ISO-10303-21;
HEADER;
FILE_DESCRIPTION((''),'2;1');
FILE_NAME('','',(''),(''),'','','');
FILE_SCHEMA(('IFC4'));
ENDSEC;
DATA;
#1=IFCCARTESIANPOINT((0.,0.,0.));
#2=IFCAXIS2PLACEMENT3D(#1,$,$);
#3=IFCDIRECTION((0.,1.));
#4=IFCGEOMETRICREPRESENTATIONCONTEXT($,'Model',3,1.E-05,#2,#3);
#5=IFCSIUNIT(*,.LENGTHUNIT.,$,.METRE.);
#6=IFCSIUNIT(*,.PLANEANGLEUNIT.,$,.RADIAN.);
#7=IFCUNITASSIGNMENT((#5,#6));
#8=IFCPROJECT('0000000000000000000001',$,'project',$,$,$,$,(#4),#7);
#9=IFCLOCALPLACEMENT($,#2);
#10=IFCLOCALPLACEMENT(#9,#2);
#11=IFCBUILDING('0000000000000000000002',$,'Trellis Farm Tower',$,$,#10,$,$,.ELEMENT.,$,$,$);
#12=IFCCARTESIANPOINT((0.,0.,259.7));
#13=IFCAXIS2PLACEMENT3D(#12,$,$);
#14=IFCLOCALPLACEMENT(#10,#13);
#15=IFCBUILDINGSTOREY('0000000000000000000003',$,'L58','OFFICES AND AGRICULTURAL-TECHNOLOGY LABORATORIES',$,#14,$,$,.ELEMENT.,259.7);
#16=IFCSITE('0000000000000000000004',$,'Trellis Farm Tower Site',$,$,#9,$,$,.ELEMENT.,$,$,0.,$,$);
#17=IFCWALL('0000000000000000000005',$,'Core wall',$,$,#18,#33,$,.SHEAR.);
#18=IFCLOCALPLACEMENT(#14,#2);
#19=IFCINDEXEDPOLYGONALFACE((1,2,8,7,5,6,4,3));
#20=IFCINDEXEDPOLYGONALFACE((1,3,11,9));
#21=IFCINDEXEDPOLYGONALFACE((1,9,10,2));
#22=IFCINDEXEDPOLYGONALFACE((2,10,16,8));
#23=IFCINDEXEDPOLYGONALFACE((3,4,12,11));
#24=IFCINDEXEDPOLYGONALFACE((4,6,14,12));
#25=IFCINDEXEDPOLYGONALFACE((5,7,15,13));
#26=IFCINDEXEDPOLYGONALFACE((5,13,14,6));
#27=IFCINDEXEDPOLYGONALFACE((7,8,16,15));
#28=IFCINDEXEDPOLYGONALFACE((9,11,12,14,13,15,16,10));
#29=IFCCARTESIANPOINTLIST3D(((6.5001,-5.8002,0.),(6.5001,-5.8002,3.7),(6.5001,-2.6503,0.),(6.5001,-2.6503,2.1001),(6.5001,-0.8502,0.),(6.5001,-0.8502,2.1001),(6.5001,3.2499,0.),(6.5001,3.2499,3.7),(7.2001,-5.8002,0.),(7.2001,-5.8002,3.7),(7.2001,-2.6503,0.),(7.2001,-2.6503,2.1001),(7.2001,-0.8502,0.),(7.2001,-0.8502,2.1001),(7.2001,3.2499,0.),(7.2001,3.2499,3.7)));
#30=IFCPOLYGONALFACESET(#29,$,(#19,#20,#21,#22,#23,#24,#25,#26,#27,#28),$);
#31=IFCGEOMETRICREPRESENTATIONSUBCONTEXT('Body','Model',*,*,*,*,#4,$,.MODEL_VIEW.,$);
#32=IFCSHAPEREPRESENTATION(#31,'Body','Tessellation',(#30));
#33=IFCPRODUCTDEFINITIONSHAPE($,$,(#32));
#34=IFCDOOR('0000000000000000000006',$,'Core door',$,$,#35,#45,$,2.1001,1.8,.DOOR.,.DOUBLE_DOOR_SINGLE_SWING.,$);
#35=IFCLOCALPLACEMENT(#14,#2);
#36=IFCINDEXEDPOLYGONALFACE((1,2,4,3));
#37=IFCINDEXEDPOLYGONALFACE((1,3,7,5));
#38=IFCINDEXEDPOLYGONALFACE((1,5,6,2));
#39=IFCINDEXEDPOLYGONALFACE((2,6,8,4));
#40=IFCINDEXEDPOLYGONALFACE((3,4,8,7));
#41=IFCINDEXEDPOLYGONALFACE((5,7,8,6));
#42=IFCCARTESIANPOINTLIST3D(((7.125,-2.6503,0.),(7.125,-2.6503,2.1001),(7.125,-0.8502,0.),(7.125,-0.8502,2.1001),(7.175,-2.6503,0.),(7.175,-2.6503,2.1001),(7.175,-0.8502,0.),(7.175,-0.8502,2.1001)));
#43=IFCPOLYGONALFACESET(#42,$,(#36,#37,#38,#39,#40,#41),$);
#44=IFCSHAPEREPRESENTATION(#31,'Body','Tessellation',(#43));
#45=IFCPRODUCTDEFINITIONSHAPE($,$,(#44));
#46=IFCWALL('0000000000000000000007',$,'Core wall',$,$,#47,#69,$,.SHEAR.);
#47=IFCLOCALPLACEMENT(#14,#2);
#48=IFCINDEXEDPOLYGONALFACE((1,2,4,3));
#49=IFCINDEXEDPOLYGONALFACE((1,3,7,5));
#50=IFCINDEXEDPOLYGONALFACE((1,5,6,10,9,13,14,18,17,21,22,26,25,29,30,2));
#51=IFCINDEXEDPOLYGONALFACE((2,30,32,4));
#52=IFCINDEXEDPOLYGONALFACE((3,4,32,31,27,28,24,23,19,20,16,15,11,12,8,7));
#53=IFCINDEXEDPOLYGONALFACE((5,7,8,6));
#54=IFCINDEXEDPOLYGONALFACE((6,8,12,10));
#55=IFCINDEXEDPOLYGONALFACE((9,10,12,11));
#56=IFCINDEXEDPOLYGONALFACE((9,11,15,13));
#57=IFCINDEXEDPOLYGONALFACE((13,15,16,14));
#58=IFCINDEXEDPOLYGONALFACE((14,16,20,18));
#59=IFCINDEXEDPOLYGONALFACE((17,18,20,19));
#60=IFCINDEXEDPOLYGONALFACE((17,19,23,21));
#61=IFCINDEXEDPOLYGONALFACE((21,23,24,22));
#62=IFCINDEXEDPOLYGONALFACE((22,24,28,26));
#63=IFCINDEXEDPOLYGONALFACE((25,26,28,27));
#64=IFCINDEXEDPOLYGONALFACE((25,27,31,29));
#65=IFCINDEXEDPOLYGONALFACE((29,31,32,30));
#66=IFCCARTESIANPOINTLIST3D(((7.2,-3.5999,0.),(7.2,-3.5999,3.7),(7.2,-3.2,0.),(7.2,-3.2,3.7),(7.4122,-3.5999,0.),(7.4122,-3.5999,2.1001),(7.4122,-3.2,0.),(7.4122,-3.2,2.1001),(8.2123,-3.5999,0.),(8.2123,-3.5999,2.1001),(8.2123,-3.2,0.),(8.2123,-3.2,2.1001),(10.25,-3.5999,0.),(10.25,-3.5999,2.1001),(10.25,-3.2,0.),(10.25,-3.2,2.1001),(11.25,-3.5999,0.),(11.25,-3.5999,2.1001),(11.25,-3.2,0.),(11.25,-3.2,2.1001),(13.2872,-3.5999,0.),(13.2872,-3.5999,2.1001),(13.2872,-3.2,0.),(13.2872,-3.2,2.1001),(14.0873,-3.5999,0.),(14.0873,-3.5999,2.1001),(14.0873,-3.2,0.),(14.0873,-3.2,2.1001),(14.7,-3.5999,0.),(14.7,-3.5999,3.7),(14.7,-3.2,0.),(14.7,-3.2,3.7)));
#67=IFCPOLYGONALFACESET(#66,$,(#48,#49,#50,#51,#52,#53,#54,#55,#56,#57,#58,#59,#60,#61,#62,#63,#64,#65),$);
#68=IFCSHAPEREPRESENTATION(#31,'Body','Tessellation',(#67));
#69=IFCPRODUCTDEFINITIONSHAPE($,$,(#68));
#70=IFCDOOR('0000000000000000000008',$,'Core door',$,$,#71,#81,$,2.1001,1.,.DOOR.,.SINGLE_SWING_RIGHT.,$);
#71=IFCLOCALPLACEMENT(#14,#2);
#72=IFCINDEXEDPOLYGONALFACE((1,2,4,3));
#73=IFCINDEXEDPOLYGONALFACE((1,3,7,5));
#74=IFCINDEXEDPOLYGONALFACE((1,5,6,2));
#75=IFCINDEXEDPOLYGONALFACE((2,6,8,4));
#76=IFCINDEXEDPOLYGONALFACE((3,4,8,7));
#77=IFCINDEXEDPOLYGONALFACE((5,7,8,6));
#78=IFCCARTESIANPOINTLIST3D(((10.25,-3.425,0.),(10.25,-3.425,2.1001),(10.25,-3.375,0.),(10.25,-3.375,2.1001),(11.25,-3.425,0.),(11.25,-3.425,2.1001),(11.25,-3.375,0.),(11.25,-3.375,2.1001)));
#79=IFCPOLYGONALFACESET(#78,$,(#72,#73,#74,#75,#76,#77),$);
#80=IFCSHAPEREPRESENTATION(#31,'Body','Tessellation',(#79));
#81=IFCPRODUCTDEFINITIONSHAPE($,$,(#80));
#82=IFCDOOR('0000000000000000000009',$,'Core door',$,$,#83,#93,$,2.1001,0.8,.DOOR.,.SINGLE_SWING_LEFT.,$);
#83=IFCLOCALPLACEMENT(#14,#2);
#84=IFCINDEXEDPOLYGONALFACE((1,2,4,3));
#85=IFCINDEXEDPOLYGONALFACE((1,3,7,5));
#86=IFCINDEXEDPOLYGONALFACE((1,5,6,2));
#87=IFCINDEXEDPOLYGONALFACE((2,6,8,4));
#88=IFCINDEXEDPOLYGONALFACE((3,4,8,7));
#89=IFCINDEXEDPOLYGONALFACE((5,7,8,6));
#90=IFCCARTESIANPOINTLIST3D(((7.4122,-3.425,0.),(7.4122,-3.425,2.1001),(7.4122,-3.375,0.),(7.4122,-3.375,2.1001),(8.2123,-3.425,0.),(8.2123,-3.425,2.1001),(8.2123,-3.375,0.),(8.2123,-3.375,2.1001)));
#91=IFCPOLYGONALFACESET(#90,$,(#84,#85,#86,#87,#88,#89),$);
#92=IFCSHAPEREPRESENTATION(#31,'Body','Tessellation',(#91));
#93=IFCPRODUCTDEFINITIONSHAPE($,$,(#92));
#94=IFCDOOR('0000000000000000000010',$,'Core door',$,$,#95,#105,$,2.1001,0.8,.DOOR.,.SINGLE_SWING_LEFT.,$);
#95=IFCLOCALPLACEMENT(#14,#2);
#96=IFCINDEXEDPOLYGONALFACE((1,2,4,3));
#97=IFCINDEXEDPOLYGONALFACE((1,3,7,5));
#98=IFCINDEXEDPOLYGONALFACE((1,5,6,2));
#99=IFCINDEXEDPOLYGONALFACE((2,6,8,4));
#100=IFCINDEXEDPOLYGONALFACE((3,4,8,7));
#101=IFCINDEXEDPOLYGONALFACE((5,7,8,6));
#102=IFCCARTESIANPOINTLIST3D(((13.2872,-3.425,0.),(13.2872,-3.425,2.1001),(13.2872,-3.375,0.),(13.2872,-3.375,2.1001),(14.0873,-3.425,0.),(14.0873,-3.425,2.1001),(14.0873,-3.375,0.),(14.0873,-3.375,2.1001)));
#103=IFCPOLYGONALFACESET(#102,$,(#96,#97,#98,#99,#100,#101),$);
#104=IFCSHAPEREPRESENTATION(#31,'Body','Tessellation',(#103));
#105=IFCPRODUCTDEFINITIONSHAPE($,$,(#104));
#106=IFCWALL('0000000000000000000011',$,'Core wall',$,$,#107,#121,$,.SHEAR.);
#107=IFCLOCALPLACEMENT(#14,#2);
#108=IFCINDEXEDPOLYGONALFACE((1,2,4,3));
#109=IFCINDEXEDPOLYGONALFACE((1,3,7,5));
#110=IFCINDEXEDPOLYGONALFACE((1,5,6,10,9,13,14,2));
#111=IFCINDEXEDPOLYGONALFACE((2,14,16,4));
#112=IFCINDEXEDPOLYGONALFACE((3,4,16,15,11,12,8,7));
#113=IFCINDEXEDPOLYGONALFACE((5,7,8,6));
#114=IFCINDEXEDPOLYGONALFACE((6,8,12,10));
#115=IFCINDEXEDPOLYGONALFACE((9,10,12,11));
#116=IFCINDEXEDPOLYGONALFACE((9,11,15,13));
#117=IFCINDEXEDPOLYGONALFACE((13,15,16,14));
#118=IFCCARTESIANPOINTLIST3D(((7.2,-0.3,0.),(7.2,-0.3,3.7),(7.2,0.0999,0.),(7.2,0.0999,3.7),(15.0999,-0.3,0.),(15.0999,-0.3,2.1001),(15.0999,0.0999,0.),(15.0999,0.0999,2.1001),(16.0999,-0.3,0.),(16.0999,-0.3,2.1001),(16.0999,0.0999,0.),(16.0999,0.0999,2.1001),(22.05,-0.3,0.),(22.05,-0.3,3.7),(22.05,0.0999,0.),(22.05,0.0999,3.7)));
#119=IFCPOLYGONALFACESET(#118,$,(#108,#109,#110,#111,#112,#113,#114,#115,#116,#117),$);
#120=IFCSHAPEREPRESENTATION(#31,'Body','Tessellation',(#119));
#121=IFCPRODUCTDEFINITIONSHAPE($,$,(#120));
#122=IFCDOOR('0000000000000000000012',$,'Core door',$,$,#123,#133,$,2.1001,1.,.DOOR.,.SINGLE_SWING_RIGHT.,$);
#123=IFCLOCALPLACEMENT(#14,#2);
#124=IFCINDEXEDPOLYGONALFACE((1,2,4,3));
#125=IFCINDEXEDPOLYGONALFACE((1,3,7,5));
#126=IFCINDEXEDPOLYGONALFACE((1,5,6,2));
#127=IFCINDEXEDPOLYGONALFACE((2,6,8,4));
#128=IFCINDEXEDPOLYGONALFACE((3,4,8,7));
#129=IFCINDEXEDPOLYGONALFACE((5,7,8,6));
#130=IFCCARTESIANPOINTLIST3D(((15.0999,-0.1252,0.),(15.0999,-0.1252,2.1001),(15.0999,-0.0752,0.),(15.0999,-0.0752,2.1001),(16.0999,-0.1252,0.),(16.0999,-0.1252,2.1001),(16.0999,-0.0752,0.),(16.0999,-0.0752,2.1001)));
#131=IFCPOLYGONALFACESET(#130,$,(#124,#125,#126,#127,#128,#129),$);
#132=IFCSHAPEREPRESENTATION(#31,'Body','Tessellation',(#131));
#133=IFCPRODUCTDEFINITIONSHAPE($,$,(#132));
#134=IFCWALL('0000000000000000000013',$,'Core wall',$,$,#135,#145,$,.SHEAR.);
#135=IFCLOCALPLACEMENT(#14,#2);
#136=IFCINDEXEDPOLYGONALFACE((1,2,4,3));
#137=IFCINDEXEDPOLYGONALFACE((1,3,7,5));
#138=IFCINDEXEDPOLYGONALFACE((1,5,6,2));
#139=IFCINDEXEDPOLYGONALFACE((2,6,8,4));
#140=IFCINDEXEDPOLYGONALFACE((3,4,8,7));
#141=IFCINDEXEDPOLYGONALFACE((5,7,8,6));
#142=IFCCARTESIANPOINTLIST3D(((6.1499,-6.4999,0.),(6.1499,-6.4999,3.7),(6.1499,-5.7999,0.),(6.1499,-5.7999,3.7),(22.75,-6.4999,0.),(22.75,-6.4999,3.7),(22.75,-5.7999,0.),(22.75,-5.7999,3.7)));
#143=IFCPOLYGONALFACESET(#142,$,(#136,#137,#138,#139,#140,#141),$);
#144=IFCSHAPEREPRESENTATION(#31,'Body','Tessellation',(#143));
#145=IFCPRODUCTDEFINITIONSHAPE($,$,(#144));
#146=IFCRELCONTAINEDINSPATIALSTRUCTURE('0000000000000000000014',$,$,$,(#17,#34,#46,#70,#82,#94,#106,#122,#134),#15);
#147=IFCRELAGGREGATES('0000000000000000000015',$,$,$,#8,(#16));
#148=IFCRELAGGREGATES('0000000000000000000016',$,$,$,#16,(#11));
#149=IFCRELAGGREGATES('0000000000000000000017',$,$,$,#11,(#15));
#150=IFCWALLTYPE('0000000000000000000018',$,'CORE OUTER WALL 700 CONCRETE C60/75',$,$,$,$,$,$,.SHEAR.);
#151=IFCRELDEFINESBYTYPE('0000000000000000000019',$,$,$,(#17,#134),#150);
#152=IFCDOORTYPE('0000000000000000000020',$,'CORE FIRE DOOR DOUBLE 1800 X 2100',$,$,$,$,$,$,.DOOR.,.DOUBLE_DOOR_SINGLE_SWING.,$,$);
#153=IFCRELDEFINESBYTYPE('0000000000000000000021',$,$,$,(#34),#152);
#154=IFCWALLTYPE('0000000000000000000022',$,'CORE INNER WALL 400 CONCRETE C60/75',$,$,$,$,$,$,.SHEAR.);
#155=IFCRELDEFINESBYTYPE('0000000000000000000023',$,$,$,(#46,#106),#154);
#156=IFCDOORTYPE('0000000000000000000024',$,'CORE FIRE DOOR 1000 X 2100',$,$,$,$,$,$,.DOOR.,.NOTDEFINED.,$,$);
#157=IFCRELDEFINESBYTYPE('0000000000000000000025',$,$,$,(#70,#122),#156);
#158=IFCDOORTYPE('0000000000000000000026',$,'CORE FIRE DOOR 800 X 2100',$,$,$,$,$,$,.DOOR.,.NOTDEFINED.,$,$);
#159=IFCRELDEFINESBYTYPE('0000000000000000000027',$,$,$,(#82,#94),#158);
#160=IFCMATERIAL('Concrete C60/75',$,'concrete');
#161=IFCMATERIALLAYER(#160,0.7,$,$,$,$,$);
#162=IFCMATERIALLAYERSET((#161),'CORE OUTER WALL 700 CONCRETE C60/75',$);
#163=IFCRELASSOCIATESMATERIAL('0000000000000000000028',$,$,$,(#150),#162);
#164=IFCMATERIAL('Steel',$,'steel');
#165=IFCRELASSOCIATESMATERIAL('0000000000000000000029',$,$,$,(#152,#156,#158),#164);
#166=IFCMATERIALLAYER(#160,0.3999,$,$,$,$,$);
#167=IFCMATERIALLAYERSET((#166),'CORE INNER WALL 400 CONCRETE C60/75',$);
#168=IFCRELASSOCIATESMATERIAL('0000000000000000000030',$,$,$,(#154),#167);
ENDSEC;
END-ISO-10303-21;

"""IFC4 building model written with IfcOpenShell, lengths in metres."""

from ifc_helpers import new_model, si_unit, direction, frame, frame_2d, origin, place, context, subcontext, project, spatial, rectangle, extrude, source, transform, mapped, material, layer, layer_set, type_object, element, fill, save


model = new_model("IFC4")

# Units and contexts
model_context = context("Model", 3, precision=1e-05, world=origin(), true_north=direction((0.0, 1.0)))
body_context = subcontext(model_context, "Body", "Model", "MODEL_VIEW")
ifc_project = project(units=[si_unit("LENGTHUNIT", "METRE"), si_unit("PLANEANGLEUNIT", "RADIAN")], contexts=[model_context])

# Site, building, storey
site_placement = place(None, origin())
site = spatial("IfcSite", under=ifc_project, at=site_placement, Name="Trellis Farm Tower Site", CompositionType="ELEMENT", RefElevation=0.0)
building_placement = place(site_placement, origin())
building = spatial("IfcBuilding", under=site, at=building_placement, Name="Trellis Farm Tower", CompositionType="ELEMENT")
storey_placement = place(building_placement, frame((0.0, 0.0, 259.7)))
storey = spatial("IfcBuildingStorey", under=building, at=storey_placement, Name="L58", Description="OFFICES AND AGRICULTURAL-TECHNOLOGY LABORATORIES", CompositionType="ELEMENT", Elevation=259.7)

# Shared definitions
ifc_material_1 = material(Name="Concrete C60/75", Category="concrete")

# Wall, opening, door
ifc_layer_1 = layer(ifc_material_1, 0.7)
ifc_layer_set_1 = layer_set([ifc_layer_1], Name="CORE OUTER WALL 700 CONCRETE C60/75")
wall_type_1 = type_object("IfcWallType", Name="CORE OUTER WALL 700 CONCRETE C60/75", PredefinedType="SHEAR", material=ifc_layer_set_1)
shared_shape_1 = source(origin(), body_context, "Body", "SweptSolid", [
    extrude(rectangle(XDim=9.05, YDim=0.7, at=frame_2d((4.5249, 0.0))), origin(), (0.0, 0.0, 1.0), 3.7),
])
wall_1_placement = place(storey_placement, frame((6.8501, -5.8, 0.0), z_axis=(0.0, 0.0, 1.0), x_axis=(0.0, 1.0, 0.0)))
wall_1 = element("IfcWall", 1, at=wall_1_placement, inside=storey, type_object=wall_type_1, Name="Core wall", PredefinedType="SHEAR", context=body_context, shape_type="MappedRepresentation", body=[
    mapped(shared_shape_1, transform((0.0, 0.0, 0.0))),
])
shared_shape_2 = source(origin(), body_context, "Body", "SweptSolid", [
    extrude(rectangle(XDim=1.8, YDim=2.1001, at=frame_2d((0.8999, 1.05))), frame((0.0, 0.3601, 0.0), z_axis=(0.0, -1.0, 0.0), x_axis=(1.0, 0.0, 0.0)), (0.0, 0.0, 1.0), 0.7202),
])
opening_1_placement = place(wall_1_placement, frame((3.1499, 0.0, 0.0)))
opening_1 = element("IfcOpeningElement", 2, at=opening_1_placement, cuts=wall_1, PredefinedType="OPENING", context=body_context, shape_type="MappedRepresentation", body=[
    mapped(shared_shape_2, transform((0.0, 0.0, 0.0))),
])
ifc_material_2 = material(Name="Steel", Category="steel")
door_type_1 = type_object("IfcDoorType", Name="CORE FIRE DOOR DOUBLE 1800 X 2100", OperationType="DOUBLE_DOOR_SINGLE_SWING", PredefinedType="DOOR", material=ifc_material_2)
shared_shape_3 = source(origin(), body_context, "Body", "SweptSolid", [
    extrude(rectangle(XDim=1.8, YDim=2.1001, at=frame_2d((0.8999, 1.05))), frame((0.0, -0.2749, 0.0), z_axis=(0.0, -1.0, 0.0), x_axis=(1.0, 0.0, 0.0)), (0.0, 0.0, 1.0), 0.05),
])
door_1_placement = place(opening_1_placement, origin())
door_1 = element("IfcDoor", 3, at=door_1_placement, inside=storey, type_object=door_type_1, Name="Core door", OperationType="DOUBLE_DOOR_SINGLE_SWING", OverallHeight=2.1001, OverallWidth=1.8, PredefinedType="DOOR", context=body_context, shape_type="MappedRepresentation", body=[
    mapped(shared_shape_3, transform((0.0, 0.0, 0.0))),
])
fill(opening_1, door_1)

# Wall, openings, doors
ifc_layer_2 = layer(ifc_material_1, 0.3999)
ifc_layer_set_2 = layer_set([ifc_layer_2], Name="CORE INNER WALL 400 CONCRETE C60/75")
wall_type_2 = type_object("IfcWallType", Name="CORE INNER WALL 400 CONCRETE C60/75", PredefinedType="SHEAR", material=ifc_layer_set_2)
shared_shape_4 = source(origin(), body_context, "Body", "SweptSolid", [
    extrude(rectangle(XDim=7.5, YDim=0.3999, at=frame_2d((3.75, 0.0))), origin(), (0.0, 0.0, 1.0), 3.7),
])
wall_2_placement = place(storey_placement, frame((7.2, -3.3999, 0.0), z_axis=(0.0, 0.0, 1.0), x_axis=(1.0, 0.0, 0.0)))
wall_2 = element("IfcWall", 4, at=wall_2_placement, inside=storey, type_object=wall_type_2, Name="Core wall", PredefinedType="SHEAR", context=body_context, shape_type="MappedRepresentation", body=[
    mapped(shared_shape_4, transform((0.0, 0.0, 0.0))),
])
shared_shape_5 = source(origin(), body_context, "Body", "SweptSolid", [
    extrude(rectangle(XDim=0.8, YDim=2.1001, at=frame_2d((0.3999, 1.05))), frame((0.0, 0.21, 0.0), z_axis=(0.0, -1.0, 0.0), x_axis=(1.0, 0.0, 0.0)), (0.0, 0.0, 1.0), 0.4199),
])
opening_2_placement = place(wall_2_placement, frame((0.2124, 0.0, 0.0)))
opening_2 = element("IfcOpeningElement", 5, at=opening_2_placement, cuts=wall_2, PredefinedType="OPENING", context=body_context, shape_type="MappedRepresentation", body=[
    mapped(shared_shape_5, transform((0.0, 0.0, 0.0))),
])
shared_shape_6 = source(origin(), body_context, "Body", "SweptSolid", [
    extrude(rectangle(XDim=1.0, YDim=2.1001, at=frame_2d((0.5, 1.05))), frame((0.0, 0.21, 0.0), z_axis=(0.0, -1.0, 0.0), x_axis=(1.0, 0.0, 0.0)), (0.0, 0.0, 1.0), 0.4199),
])
opening_3_placement = place(wall_2_placement, frame((3.05, 0.0, 0.0)))
opening_3 = element("IfcOpeningElement", 6, at=opening_3_placement, cuts=wall_2, PredefinedType="OPENING", context=body_context, shape_type="MappedRepresentation", body=[
    mapped(shared_shape_6, transform((0.0, 0.0, 0.0))),
])
opening_4_placement = place(wall_2_placement, frame((6.0874, 0.0, 0.0)))
opening_4 = element("IfcOpeningElement", 7, at=opening_4_placement, cuts=wall_2, PredefinedType="OPENING", context=body_context, shape_type="MappedRepresentation", body=[
    mapped(shared_shape_5, transform((0.0, 0.0, 0.0))),
])
door_type_2 = type_object("IfcDoorType", Name="CORE FIRE DOOR 1000 X 2100", OperationType="NOTDEFINED", PredefinedType="DOOR", material=ifc_material_2)
shared_shape_7 = source(origin(), body_context, "Body", "SweptSolid", [
    extrude(rectangle(XDim=1.0, YDim=2.1001, at=frame_2d((0.5, 1.05))), frame((0.0, 0.0249, 0.0), z_axis=(0.0, -1.0, 0.0), x_axis=(1.0, 0.0, 0.0)), (0.0, 0.0, 1.0), 0.05),
])
door_2_placement = place(opening_3_placement, origin())
door_2 = element("IfcDoor", 8, at=door_2_placement, inside=storey, type_object=door_type_2, Name="Core door", OperationType="SINGLE_SWING_RIGHT", OverallHeight=2.1001, OverallWidth=1.0, PredefinedType="DOOR", context=body_context, shape_type="MappedRepresentation", body=[
    mapped(shared_shape_7, transform((0.0, 0.0, 0.0))),
])
fill(opening_3, door_2)
door_type_3 = type_object("IfcDoorType", Name="CORE FIRE DOOR 800 X 2100", OperationType="NOTDEFINED", PredefinedType="DOOR", material=ifc_material_2)
shared_shape_8 = source(origin(), body_context, "Body", "SweptSolid", [
    extrude(rectangle(XDim=0.8, YDim=2.1001, at=frame_2d((0.3999, 1.05))), frame((0.0, 0.0249, 0.0), z_axis=(0.0, -1.0, 0.0), x_axis=(1.0, 0.0, 0.0)), (0.0, 0.0, 1.0), 0.05),
])
door_3_placement = place(opening_2_placement, origin())
door_3 = element("IfcDoor", 9, at=door_3_placement, inside=storey, type_object=door_type_3, Name="Core door", OperationType="SINGLE_SWING_LEFT", OverallHeight=2.1001, OverallWidth=0.8, PredefinedType="DOOR", context=body_context, shape_type="MappedRepresentation", body=[
    mapped(shared_shape_8, transform((0.0, 0.0, 0.0))),
])
fill(opening_2, door_3)
door_4_placement = place(opening_4_placement, origin())
door_4 = element("IfcDoor", 10, at=door_4_placement, inside=storey, type_object=door_type_3, Name="Core door", OperationType="SINGLE_SWING_LEFT", OverallHeight=2.1001, OverallWidth=0.8, PredefinedType="DOOR", context=body_context, shape_type="MappedRepresentation", body=[
    mapped(shared_shape_8, transform((0.0, 0.0, 0.0))),
])
fill(opening_4, door_4)

# Wall, opening, door
shared_shape_9 = source(origin(), body_context, "Body", "SweptSolid", [
    extrude(rectangle(XDim=14.8501, YDim=0.3999, at=frame_2d((7.425, 0.0))), origin(), (0.0, 0.0, 1.0), 3.7),
])
wall_3_placement = place(storey_placement, frame((7.2, -0.1001, 0.0), z_axis=(0.0, 0.0, 1.0), x_axis=(1.0, 0.0, 0.0)))
wall_3 = element("IfcWall", 11, at=wall_3_placement, inside=storey, type_object=wall_type_2, Name="Core wall", PredefinedType="SHEAR", context=body_context, shape_type="MappedRepresentation", body=[
    mapped(shared_shape_9, transform((0.0, 0.0, 0.0))),
])
opening_5_placement = place(wall_3_placement, frame((7.8999, 0.0, 0.0)))
opening_5 = element("IfcOpeningElement", 12, at=opening_5_placement, cuts=wall_3, PredefinedType="OPENING", context=body_context, shape_type="MappedRepresentation", body=[
    mapped(shared_shape_6, transform((0.0, 0.0, 0.0))),
])
door_5_placement = place(opening_5_placement, origin())
door_5 = element("IfcDoor", 13, at=door_5_placement, inside=storey, type_object=door_type_2, Name="Core door", OperationType="SINGLE_SWING_RIGHT", OverallHeight=2.1001, OverallWidth=1.0, PredefinedType="DOOR", context=body_context, shape_type="MappedRepresentation", body=[
    mapped(shared_shape_7, transform((0.0, 0.0, 0.0))),
])
fill(opening_5, door_5)

# Wall
shared_shape_10 = source(origin(), body_context, "Body", "SweptSolid", [
    extrude(rectangle(XDim=16.6001, YDim=0.7, at=frame_2d((8.3, 0.0))), origin(), (0.0, 0.0, 1.0), 3.7),
])
wall_4_placement = place(storey_placement, frame((6.1499, -6.1499, 0.0), z_axis=(0.0, 0.0, 1.0), x_axis=(1.0, 0.0, 0.0)))
element("IfcWall", 14, at=wall_4_placement, inside=storey, type_object=wall_type_1, Name="Core wall", PredefinedType="SHEAR", context=body_context, shape_type="MappedRepresentation", body=[
    mapped(shared_shape_10, transform((0.0, 0.0, 0.0))),
])

save(model, "model.ifc")
